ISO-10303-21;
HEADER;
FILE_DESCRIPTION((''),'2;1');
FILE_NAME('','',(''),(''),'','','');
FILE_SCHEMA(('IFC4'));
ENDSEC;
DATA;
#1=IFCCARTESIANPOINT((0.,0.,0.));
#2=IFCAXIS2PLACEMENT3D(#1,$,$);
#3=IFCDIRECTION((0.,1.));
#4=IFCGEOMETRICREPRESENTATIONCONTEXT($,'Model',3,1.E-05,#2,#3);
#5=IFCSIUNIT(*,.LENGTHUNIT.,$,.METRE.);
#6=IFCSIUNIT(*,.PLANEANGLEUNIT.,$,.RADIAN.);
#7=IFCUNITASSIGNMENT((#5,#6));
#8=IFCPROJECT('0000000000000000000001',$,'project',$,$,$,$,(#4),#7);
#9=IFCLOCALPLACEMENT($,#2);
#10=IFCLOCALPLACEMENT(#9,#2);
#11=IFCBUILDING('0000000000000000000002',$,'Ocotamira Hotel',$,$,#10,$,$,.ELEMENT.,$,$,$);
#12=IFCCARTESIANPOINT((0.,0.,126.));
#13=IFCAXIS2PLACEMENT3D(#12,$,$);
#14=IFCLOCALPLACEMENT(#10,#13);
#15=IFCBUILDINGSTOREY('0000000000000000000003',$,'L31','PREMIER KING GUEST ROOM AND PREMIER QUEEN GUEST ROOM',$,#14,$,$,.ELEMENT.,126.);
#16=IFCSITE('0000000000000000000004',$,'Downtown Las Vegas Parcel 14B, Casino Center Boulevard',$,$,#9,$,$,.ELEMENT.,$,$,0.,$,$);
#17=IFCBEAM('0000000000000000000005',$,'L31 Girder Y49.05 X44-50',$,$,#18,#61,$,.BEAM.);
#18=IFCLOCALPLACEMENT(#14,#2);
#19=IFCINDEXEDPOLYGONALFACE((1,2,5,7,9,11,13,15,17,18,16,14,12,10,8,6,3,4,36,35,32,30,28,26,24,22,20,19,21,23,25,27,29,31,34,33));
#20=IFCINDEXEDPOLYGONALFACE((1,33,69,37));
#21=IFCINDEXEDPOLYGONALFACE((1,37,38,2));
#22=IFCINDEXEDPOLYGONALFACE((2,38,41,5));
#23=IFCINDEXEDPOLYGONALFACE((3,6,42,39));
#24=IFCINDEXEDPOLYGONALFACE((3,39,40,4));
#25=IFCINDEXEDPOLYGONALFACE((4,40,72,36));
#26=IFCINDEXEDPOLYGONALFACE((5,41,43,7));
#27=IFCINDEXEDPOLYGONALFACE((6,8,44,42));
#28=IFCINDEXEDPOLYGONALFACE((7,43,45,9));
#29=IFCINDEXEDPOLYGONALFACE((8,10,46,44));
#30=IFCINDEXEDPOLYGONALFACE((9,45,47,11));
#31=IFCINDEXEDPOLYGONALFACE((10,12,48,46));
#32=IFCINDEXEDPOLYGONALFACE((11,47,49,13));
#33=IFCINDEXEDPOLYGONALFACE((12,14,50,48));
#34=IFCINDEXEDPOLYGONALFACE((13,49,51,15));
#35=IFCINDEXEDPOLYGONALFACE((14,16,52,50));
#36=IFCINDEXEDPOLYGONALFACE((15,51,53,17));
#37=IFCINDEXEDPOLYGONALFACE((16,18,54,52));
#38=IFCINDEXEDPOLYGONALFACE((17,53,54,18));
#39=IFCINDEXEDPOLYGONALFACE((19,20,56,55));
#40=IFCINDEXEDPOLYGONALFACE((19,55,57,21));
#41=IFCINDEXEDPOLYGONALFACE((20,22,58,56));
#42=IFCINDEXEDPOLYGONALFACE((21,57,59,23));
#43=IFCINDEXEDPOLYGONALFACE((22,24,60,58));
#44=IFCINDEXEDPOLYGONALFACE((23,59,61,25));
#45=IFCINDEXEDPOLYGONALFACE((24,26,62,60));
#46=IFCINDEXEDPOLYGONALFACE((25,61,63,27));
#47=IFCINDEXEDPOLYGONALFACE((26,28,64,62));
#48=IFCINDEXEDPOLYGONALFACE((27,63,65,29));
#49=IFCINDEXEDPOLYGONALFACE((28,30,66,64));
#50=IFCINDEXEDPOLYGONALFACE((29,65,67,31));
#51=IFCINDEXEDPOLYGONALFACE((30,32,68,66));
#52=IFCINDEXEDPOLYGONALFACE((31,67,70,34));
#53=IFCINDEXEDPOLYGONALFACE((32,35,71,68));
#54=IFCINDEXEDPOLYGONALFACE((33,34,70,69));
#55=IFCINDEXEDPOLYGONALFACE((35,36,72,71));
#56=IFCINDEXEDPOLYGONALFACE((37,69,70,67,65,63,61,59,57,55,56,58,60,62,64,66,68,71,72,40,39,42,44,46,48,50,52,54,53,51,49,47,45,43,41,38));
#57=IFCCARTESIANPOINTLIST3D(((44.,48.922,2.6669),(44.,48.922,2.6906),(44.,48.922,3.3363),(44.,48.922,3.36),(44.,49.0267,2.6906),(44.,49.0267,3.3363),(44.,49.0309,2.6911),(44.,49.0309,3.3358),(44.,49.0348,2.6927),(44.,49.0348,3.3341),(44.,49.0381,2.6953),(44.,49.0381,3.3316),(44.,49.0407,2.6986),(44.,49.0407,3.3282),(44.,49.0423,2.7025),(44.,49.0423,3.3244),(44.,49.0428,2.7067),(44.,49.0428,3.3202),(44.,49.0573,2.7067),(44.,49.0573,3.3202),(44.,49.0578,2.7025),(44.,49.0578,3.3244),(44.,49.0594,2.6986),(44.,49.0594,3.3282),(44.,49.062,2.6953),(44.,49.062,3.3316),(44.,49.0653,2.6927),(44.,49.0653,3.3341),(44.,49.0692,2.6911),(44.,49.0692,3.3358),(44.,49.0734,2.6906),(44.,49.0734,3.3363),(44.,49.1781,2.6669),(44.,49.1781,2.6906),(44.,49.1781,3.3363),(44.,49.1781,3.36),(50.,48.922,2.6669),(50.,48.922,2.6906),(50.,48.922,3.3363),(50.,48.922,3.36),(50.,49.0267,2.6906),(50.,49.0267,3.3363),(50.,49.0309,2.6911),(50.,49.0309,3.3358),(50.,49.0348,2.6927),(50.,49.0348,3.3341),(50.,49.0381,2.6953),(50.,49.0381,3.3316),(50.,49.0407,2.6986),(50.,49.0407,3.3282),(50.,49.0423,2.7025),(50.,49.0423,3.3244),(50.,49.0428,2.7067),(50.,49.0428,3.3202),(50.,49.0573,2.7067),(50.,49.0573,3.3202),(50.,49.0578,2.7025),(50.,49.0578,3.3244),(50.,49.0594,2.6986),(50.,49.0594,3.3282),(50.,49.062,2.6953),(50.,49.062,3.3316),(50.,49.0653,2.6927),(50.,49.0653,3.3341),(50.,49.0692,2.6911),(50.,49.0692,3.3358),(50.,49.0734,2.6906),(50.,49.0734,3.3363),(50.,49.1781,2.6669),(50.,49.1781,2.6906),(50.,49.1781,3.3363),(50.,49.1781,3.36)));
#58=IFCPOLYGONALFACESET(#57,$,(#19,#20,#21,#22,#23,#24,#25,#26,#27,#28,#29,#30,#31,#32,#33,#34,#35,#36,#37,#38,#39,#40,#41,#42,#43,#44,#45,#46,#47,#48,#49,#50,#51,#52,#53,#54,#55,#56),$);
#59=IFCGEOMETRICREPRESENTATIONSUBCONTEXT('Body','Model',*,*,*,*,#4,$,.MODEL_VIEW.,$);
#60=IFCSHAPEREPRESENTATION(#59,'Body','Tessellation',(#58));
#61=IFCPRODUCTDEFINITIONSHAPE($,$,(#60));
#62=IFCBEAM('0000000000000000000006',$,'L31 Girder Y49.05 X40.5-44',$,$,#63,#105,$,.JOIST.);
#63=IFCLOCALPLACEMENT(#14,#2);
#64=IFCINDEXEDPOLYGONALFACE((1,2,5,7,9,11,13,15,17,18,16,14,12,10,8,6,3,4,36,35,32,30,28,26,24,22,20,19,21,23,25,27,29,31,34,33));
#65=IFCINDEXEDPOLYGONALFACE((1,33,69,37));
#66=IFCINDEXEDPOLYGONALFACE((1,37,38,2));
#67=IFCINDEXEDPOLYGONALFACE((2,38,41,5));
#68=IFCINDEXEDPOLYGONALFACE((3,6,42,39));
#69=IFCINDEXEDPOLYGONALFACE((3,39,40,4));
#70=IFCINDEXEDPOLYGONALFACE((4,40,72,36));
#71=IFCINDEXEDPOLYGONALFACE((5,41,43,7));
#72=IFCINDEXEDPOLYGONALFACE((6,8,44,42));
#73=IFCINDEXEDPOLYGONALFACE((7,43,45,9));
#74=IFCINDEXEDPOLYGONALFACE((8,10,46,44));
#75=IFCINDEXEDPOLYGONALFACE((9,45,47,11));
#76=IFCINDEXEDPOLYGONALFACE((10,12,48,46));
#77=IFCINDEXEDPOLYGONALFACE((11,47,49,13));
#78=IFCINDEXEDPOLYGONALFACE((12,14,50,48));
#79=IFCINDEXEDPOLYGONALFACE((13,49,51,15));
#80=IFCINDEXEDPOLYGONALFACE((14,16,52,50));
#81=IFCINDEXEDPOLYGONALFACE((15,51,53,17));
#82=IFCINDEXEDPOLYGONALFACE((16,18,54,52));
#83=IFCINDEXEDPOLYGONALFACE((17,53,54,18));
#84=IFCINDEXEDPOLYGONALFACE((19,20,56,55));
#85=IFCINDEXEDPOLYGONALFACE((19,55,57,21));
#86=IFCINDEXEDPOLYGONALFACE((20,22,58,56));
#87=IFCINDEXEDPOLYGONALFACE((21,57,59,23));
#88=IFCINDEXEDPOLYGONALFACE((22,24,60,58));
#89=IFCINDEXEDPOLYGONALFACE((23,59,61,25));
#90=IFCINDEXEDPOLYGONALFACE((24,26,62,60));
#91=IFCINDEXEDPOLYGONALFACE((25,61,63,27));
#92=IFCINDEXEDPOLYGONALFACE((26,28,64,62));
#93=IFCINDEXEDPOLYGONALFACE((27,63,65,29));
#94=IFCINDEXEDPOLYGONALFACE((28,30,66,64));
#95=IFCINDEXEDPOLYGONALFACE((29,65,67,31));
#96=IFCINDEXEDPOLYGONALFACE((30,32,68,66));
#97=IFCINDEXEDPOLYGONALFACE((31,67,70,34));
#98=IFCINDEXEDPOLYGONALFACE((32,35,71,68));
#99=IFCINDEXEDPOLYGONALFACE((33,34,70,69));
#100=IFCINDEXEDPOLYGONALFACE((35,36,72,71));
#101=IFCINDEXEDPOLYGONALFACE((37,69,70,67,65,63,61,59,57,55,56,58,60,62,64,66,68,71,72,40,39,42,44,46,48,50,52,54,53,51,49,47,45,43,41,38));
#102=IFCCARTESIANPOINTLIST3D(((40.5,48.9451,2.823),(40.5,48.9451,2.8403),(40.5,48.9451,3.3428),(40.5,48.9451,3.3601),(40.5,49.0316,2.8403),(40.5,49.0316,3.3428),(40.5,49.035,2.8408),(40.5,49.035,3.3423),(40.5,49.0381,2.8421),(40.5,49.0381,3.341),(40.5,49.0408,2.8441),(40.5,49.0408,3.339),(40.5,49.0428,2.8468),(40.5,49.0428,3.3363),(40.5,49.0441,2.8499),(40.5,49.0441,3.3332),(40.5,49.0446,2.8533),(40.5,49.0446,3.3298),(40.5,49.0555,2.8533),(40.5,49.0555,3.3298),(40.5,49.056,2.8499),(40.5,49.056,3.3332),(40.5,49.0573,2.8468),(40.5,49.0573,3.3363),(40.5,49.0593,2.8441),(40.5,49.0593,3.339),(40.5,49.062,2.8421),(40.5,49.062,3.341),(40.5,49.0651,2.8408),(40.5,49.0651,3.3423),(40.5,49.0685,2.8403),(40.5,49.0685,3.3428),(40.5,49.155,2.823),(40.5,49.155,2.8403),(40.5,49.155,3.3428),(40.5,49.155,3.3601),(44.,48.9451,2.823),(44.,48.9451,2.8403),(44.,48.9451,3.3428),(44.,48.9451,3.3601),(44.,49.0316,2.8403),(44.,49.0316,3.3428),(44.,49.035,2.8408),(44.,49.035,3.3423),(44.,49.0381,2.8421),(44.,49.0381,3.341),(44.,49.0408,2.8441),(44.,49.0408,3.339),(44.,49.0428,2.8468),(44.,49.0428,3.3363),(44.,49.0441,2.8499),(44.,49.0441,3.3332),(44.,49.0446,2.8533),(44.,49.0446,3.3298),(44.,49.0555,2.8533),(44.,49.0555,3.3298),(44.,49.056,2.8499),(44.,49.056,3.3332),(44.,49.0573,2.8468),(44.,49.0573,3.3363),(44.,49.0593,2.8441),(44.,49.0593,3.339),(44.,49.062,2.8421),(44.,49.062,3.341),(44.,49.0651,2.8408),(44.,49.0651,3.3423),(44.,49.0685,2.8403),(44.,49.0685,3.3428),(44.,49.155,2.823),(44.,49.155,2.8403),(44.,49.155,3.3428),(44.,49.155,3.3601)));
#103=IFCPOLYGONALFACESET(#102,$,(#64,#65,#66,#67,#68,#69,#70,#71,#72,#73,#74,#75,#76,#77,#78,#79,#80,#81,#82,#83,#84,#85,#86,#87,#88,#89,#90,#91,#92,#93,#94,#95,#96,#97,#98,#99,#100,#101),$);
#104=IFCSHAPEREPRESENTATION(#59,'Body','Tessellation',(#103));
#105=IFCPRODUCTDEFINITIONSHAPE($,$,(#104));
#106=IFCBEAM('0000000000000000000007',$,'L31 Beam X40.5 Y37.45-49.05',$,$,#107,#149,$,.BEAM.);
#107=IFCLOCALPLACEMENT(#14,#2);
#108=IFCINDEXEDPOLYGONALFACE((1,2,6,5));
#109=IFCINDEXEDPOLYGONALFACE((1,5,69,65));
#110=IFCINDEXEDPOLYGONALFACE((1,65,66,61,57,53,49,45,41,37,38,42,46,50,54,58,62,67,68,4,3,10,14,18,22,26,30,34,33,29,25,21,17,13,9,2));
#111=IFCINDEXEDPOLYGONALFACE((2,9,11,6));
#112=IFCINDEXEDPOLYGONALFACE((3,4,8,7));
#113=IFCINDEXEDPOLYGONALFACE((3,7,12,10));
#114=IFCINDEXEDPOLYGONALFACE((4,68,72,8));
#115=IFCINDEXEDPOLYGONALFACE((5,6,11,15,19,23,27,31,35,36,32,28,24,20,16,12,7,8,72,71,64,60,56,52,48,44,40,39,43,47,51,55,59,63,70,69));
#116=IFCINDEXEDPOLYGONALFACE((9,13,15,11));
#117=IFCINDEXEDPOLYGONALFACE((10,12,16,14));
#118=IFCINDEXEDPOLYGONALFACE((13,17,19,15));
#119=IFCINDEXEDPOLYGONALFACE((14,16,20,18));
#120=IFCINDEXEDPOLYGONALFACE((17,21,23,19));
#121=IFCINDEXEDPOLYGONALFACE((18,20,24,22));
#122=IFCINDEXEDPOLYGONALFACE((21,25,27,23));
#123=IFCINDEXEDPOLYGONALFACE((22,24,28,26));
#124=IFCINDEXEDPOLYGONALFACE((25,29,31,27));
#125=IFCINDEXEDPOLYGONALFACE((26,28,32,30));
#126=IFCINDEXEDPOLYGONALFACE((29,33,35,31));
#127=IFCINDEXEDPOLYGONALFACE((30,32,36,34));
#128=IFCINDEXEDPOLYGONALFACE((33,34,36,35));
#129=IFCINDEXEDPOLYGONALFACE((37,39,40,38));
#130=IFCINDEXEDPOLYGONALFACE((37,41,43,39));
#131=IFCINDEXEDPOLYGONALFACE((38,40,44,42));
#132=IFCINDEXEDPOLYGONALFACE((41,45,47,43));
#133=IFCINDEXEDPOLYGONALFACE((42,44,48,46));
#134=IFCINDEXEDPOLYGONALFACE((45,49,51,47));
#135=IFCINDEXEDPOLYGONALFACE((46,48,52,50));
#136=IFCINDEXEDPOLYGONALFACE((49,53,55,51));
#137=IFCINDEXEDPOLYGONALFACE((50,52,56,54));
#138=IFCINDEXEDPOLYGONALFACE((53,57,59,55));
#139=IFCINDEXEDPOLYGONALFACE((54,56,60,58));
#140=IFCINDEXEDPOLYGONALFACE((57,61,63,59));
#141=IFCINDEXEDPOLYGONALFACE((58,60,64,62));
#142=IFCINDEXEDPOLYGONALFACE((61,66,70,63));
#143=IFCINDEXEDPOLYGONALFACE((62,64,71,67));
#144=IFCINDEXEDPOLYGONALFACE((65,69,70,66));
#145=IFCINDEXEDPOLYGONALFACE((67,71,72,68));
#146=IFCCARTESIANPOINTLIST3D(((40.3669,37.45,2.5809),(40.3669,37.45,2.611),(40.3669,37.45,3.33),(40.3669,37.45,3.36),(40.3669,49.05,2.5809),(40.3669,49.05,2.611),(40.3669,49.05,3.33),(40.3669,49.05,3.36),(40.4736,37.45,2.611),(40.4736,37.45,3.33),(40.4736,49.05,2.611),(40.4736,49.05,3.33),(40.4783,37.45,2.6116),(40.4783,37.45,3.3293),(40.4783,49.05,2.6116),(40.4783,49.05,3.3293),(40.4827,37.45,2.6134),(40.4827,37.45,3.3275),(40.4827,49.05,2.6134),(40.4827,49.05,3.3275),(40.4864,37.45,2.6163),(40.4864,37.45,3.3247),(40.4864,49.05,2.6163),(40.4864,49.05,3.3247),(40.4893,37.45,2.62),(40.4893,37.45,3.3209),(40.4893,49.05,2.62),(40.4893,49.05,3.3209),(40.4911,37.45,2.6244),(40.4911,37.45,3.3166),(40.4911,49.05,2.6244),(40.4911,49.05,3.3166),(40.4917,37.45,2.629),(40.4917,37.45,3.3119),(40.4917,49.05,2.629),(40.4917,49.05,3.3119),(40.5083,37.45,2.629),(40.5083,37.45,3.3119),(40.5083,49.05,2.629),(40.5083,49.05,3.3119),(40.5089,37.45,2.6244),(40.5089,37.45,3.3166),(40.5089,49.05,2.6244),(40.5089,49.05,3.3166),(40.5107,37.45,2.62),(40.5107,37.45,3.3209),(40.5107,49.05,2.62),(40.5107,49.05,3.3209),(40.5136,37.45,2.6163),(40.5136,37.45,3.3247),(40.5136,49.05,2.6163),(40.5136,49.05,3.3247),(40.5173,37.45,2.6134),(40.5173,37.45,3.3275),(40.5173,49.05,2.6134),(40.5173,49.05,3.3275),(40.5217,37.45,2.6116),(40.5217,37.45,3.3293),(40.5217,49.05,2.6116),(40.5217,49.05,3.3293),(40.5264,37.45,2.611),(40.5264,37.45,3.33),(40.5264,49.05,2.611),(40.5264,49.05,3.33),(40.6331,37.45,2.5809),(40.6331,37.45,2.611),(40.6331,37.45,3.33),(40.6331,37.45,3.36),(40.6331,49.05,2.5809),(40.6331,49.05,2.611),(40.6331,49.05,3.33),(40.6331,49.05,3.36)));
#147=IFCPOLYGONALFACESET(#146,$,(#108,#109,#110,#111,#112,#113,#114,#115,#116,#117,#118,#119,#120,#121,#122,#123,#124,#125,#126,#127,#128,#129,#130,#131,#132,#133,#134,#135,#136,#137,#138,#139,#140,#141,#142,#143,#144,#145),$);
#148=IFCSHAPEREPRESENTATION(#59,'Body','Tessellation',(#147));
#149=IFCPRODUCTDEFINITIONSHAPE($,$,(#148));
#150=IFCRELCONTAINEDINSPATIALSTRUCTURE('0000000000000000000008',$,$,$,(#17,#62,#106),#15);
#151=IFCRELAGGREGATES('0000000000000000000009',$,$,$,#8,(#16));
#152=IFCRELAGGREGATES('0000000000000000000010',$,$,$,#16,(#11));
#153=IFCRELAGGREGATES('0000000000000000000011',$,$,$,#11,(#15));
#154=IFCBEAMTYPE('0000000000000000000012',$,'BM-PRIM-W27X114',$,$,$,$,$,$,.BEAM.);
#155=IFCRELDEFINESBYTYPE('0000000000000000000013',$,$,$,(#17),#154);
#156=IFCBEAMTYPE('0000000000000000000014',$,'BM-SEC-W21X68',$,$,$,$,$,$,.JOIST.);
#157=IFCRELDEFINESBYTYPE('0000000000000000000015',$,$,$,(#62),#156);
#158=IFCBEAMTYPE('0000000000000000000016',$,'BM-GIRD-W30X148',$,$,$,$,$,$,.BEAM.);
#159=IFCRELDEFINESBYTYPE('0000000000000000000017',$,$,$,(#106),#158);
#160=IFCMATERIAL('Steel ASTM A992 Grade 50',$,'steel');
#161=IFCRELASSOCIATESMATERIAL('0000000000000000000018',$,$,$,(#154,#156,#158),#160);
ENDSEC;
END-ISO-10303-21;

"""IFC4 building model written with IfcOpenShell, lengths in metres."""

from ifc_helpers import new_model, si_unit, direction, frame, origin, origin_2d, place, context, subcontext, project, spatial, i_section, extrude, source, transform, mapped, material, material_profile, profile_set, type_object, element, save


model = new_model("IFC4")

# Units and contexts
model_context = context("Model", 3, precision=1e-05, world=origin(), true_north=direction((0.0, 1.0)))
body_context = subcontext(model_context, "Body", "Model", "MODEL_VIEW")
ifc_project = project(units=[si_unit("LENGTHUNIT", "METRE"), si_unit("PLANEANGLEUNIT", "RADIAN")], contexts=[model_context])

# Site, building, storey
site_placement = place(None, origin())
site = spatial("IfcSite", under=ifc_project, at=site_placement, Name="Downtown Las Vegas Parcel 14B, Casino Center Boulevard", CompositionType="ELEMENT", RefElevation=0.0)
building_placement = place(site_placement, origin())
building = spatial("IfcBuilding", under=site, at=building_placement, Name="Ocotamira Hotel", CompositionType="ELEMENT")
storey_placement = place(building_placement, frame((0.0, 0.0, 126.0)))
storey = spatial("IfcBuildingStorey", under=building, at=storey_placement, Name="L31", Description="PREMIER KING GUEST ROOM AND PREMIER QUEEN GUEST ROOM", CompositionType="ELEMENT", Elevation=126.0)

# Beams
ifc_material_1 = material(Name="Steel ASTM A992 Grade 50", Category="steel")
ifc_material_profile_1 = material_profile(ifc_material_1, i_section(OverallWidth=0.2561, OverallDepth=0.6931, WebThickness=0.0144, FlangeThickness=0.0237, FilletRadius=0.0161, at=origin_2d()), Name="W27X114")
ifc_profile_set_1 = profile_set([ifc_material_profile_1], Name="Steel ASTM A992 Grade 50")
beam_type_1 = type_object("IfcBeamType", Name="BM-PRIM-W27X114", PredefinedType="BEAM", material=ifc_profile_set_1)
shared_shape_1 = source(origin(), body_context, "Body", "SweptSolid", [
    extrude(i_section(OverallWidth=0.2561, OverallDepth=0.6931, WebThickness=0.0144, FlangeThickness=0.0237, FilletRadius=0.0161, at=origin_2d()), origin(), (0.0, 0.0, 1.0), 6.0),
])
beam_1_placement = place(storey_placement, frame((44.0, 49.05, 3.0134), z_axis=(1.0, 0.0, 0.0), x_axis=(0.0, 1.0, 0.0)))
element("IfcBeam", 1, at=beam_1_placement, inside=storey, type_object=beam_type_1, Name="L31 Girder Y49.05 X44-50", PredefinedType="BEAM", context=body_context, shape_type="MappedRepresentation", body=[
    mapped(shared_shape_1, transform((0.0, 0.0, 0.0), scale=1.0)),
])
ifc_material_profile_2 = material_profile(ifc_material_1, i_section(OverallWidth=0.21, OverallDepth=0.5371, WebThickness=0.011, FlangeThickness=0.0173, FilletRadius=0.0129, at=origin_2d()), Name="W21X68")
ifc_profile_set_2 = profile_set([ifc_material_profile_2], Name="Steel ASTM A992 Grade 50")
beam_type_2 = type_object("IfcBeamType", Name="BM-SEC-W21X68", PredefinedType="JOIST", material=ifc_profile_set_2)
shared_shape_2 = source(origin(), body_context, "Body", "SweptSolid", [
    extrude(i_section(OverallWidth=0.21, OverallDepth=0.5371, WebThickness=0.011, FlangeThickness=0.0173, FilletRadius=0.0129, at=origin_2d()), origin(), (0.0, 0.0, 1.0), 3.5),
])
beam_2_placement = place(storey_placement, frame((40.5, 49.05, 3.0916), z_axis=(1.0, 0.0, 0.0), x_axis=(0.0, 1.0, 0.0)))
element("IfcBeam", 2, at=beam_2_placement, inside=storey, type_object=beam_type_2, Name="L31 Girder Y49.05 X40.5-44", PredefinedType="JOIST", context=body_context, shape_type="MappedRepresentation", body=[
    mapped(shared_shape_2, transform((0.0, 0.0, 0.0), scale=1.0)),
])
ifc_material_profile_3 = material_profile(ifc_material_1, i_section(OverallWidth=0.2661, OverallDepth=0.7791, WebThickness=0.0166, FlangeThickness=0.03, FilletRadius=0.0181, at=origin_2d()), Name="W30X148")
ifc_profile_set_3 = profile_set([ifc_material_profile_3], Name="Steel ASTM A992 Grade 50")
beam_type_3 = type_object("IfcBeamType", Name="BM-GIRD-W30X148", PredefinedType="BEAM", material=ifc_profile_set_3)
shared_shape_3 = source(origin(), body_context, "Body", "SweptSolid", [
    extrude(i_section(OverallWidth=0.2661, OverallDepth=0.7791, WebThickness=0.0166, FlangeThickness=0.03, FilletRadius=0.0181, at=origin_2d()), origin(), (0.0, 0.0, 1.0), 11.6001),
])
beam_3_placement = place(storey_placement, frame((40.5, 37.45, 2.9705), z_axis=(0.0, 1.0, 0.0), x_axis=(-1.0, 0.0, 0.0)))
element("IfcBeam", 3, at=beam_3_placement, inside=storey, type_object=beam_type_3, Name="L31 Beam X40.5 Y37.45-49.05", PredefinedType="BEAM", context=body_context, shape_type="MappedRepresentation", body=[
    mapped(shared_shape_3, transform((0.0, 0.0, 0.0), scale=1.0)),
])

save(model, "model.ifc")
